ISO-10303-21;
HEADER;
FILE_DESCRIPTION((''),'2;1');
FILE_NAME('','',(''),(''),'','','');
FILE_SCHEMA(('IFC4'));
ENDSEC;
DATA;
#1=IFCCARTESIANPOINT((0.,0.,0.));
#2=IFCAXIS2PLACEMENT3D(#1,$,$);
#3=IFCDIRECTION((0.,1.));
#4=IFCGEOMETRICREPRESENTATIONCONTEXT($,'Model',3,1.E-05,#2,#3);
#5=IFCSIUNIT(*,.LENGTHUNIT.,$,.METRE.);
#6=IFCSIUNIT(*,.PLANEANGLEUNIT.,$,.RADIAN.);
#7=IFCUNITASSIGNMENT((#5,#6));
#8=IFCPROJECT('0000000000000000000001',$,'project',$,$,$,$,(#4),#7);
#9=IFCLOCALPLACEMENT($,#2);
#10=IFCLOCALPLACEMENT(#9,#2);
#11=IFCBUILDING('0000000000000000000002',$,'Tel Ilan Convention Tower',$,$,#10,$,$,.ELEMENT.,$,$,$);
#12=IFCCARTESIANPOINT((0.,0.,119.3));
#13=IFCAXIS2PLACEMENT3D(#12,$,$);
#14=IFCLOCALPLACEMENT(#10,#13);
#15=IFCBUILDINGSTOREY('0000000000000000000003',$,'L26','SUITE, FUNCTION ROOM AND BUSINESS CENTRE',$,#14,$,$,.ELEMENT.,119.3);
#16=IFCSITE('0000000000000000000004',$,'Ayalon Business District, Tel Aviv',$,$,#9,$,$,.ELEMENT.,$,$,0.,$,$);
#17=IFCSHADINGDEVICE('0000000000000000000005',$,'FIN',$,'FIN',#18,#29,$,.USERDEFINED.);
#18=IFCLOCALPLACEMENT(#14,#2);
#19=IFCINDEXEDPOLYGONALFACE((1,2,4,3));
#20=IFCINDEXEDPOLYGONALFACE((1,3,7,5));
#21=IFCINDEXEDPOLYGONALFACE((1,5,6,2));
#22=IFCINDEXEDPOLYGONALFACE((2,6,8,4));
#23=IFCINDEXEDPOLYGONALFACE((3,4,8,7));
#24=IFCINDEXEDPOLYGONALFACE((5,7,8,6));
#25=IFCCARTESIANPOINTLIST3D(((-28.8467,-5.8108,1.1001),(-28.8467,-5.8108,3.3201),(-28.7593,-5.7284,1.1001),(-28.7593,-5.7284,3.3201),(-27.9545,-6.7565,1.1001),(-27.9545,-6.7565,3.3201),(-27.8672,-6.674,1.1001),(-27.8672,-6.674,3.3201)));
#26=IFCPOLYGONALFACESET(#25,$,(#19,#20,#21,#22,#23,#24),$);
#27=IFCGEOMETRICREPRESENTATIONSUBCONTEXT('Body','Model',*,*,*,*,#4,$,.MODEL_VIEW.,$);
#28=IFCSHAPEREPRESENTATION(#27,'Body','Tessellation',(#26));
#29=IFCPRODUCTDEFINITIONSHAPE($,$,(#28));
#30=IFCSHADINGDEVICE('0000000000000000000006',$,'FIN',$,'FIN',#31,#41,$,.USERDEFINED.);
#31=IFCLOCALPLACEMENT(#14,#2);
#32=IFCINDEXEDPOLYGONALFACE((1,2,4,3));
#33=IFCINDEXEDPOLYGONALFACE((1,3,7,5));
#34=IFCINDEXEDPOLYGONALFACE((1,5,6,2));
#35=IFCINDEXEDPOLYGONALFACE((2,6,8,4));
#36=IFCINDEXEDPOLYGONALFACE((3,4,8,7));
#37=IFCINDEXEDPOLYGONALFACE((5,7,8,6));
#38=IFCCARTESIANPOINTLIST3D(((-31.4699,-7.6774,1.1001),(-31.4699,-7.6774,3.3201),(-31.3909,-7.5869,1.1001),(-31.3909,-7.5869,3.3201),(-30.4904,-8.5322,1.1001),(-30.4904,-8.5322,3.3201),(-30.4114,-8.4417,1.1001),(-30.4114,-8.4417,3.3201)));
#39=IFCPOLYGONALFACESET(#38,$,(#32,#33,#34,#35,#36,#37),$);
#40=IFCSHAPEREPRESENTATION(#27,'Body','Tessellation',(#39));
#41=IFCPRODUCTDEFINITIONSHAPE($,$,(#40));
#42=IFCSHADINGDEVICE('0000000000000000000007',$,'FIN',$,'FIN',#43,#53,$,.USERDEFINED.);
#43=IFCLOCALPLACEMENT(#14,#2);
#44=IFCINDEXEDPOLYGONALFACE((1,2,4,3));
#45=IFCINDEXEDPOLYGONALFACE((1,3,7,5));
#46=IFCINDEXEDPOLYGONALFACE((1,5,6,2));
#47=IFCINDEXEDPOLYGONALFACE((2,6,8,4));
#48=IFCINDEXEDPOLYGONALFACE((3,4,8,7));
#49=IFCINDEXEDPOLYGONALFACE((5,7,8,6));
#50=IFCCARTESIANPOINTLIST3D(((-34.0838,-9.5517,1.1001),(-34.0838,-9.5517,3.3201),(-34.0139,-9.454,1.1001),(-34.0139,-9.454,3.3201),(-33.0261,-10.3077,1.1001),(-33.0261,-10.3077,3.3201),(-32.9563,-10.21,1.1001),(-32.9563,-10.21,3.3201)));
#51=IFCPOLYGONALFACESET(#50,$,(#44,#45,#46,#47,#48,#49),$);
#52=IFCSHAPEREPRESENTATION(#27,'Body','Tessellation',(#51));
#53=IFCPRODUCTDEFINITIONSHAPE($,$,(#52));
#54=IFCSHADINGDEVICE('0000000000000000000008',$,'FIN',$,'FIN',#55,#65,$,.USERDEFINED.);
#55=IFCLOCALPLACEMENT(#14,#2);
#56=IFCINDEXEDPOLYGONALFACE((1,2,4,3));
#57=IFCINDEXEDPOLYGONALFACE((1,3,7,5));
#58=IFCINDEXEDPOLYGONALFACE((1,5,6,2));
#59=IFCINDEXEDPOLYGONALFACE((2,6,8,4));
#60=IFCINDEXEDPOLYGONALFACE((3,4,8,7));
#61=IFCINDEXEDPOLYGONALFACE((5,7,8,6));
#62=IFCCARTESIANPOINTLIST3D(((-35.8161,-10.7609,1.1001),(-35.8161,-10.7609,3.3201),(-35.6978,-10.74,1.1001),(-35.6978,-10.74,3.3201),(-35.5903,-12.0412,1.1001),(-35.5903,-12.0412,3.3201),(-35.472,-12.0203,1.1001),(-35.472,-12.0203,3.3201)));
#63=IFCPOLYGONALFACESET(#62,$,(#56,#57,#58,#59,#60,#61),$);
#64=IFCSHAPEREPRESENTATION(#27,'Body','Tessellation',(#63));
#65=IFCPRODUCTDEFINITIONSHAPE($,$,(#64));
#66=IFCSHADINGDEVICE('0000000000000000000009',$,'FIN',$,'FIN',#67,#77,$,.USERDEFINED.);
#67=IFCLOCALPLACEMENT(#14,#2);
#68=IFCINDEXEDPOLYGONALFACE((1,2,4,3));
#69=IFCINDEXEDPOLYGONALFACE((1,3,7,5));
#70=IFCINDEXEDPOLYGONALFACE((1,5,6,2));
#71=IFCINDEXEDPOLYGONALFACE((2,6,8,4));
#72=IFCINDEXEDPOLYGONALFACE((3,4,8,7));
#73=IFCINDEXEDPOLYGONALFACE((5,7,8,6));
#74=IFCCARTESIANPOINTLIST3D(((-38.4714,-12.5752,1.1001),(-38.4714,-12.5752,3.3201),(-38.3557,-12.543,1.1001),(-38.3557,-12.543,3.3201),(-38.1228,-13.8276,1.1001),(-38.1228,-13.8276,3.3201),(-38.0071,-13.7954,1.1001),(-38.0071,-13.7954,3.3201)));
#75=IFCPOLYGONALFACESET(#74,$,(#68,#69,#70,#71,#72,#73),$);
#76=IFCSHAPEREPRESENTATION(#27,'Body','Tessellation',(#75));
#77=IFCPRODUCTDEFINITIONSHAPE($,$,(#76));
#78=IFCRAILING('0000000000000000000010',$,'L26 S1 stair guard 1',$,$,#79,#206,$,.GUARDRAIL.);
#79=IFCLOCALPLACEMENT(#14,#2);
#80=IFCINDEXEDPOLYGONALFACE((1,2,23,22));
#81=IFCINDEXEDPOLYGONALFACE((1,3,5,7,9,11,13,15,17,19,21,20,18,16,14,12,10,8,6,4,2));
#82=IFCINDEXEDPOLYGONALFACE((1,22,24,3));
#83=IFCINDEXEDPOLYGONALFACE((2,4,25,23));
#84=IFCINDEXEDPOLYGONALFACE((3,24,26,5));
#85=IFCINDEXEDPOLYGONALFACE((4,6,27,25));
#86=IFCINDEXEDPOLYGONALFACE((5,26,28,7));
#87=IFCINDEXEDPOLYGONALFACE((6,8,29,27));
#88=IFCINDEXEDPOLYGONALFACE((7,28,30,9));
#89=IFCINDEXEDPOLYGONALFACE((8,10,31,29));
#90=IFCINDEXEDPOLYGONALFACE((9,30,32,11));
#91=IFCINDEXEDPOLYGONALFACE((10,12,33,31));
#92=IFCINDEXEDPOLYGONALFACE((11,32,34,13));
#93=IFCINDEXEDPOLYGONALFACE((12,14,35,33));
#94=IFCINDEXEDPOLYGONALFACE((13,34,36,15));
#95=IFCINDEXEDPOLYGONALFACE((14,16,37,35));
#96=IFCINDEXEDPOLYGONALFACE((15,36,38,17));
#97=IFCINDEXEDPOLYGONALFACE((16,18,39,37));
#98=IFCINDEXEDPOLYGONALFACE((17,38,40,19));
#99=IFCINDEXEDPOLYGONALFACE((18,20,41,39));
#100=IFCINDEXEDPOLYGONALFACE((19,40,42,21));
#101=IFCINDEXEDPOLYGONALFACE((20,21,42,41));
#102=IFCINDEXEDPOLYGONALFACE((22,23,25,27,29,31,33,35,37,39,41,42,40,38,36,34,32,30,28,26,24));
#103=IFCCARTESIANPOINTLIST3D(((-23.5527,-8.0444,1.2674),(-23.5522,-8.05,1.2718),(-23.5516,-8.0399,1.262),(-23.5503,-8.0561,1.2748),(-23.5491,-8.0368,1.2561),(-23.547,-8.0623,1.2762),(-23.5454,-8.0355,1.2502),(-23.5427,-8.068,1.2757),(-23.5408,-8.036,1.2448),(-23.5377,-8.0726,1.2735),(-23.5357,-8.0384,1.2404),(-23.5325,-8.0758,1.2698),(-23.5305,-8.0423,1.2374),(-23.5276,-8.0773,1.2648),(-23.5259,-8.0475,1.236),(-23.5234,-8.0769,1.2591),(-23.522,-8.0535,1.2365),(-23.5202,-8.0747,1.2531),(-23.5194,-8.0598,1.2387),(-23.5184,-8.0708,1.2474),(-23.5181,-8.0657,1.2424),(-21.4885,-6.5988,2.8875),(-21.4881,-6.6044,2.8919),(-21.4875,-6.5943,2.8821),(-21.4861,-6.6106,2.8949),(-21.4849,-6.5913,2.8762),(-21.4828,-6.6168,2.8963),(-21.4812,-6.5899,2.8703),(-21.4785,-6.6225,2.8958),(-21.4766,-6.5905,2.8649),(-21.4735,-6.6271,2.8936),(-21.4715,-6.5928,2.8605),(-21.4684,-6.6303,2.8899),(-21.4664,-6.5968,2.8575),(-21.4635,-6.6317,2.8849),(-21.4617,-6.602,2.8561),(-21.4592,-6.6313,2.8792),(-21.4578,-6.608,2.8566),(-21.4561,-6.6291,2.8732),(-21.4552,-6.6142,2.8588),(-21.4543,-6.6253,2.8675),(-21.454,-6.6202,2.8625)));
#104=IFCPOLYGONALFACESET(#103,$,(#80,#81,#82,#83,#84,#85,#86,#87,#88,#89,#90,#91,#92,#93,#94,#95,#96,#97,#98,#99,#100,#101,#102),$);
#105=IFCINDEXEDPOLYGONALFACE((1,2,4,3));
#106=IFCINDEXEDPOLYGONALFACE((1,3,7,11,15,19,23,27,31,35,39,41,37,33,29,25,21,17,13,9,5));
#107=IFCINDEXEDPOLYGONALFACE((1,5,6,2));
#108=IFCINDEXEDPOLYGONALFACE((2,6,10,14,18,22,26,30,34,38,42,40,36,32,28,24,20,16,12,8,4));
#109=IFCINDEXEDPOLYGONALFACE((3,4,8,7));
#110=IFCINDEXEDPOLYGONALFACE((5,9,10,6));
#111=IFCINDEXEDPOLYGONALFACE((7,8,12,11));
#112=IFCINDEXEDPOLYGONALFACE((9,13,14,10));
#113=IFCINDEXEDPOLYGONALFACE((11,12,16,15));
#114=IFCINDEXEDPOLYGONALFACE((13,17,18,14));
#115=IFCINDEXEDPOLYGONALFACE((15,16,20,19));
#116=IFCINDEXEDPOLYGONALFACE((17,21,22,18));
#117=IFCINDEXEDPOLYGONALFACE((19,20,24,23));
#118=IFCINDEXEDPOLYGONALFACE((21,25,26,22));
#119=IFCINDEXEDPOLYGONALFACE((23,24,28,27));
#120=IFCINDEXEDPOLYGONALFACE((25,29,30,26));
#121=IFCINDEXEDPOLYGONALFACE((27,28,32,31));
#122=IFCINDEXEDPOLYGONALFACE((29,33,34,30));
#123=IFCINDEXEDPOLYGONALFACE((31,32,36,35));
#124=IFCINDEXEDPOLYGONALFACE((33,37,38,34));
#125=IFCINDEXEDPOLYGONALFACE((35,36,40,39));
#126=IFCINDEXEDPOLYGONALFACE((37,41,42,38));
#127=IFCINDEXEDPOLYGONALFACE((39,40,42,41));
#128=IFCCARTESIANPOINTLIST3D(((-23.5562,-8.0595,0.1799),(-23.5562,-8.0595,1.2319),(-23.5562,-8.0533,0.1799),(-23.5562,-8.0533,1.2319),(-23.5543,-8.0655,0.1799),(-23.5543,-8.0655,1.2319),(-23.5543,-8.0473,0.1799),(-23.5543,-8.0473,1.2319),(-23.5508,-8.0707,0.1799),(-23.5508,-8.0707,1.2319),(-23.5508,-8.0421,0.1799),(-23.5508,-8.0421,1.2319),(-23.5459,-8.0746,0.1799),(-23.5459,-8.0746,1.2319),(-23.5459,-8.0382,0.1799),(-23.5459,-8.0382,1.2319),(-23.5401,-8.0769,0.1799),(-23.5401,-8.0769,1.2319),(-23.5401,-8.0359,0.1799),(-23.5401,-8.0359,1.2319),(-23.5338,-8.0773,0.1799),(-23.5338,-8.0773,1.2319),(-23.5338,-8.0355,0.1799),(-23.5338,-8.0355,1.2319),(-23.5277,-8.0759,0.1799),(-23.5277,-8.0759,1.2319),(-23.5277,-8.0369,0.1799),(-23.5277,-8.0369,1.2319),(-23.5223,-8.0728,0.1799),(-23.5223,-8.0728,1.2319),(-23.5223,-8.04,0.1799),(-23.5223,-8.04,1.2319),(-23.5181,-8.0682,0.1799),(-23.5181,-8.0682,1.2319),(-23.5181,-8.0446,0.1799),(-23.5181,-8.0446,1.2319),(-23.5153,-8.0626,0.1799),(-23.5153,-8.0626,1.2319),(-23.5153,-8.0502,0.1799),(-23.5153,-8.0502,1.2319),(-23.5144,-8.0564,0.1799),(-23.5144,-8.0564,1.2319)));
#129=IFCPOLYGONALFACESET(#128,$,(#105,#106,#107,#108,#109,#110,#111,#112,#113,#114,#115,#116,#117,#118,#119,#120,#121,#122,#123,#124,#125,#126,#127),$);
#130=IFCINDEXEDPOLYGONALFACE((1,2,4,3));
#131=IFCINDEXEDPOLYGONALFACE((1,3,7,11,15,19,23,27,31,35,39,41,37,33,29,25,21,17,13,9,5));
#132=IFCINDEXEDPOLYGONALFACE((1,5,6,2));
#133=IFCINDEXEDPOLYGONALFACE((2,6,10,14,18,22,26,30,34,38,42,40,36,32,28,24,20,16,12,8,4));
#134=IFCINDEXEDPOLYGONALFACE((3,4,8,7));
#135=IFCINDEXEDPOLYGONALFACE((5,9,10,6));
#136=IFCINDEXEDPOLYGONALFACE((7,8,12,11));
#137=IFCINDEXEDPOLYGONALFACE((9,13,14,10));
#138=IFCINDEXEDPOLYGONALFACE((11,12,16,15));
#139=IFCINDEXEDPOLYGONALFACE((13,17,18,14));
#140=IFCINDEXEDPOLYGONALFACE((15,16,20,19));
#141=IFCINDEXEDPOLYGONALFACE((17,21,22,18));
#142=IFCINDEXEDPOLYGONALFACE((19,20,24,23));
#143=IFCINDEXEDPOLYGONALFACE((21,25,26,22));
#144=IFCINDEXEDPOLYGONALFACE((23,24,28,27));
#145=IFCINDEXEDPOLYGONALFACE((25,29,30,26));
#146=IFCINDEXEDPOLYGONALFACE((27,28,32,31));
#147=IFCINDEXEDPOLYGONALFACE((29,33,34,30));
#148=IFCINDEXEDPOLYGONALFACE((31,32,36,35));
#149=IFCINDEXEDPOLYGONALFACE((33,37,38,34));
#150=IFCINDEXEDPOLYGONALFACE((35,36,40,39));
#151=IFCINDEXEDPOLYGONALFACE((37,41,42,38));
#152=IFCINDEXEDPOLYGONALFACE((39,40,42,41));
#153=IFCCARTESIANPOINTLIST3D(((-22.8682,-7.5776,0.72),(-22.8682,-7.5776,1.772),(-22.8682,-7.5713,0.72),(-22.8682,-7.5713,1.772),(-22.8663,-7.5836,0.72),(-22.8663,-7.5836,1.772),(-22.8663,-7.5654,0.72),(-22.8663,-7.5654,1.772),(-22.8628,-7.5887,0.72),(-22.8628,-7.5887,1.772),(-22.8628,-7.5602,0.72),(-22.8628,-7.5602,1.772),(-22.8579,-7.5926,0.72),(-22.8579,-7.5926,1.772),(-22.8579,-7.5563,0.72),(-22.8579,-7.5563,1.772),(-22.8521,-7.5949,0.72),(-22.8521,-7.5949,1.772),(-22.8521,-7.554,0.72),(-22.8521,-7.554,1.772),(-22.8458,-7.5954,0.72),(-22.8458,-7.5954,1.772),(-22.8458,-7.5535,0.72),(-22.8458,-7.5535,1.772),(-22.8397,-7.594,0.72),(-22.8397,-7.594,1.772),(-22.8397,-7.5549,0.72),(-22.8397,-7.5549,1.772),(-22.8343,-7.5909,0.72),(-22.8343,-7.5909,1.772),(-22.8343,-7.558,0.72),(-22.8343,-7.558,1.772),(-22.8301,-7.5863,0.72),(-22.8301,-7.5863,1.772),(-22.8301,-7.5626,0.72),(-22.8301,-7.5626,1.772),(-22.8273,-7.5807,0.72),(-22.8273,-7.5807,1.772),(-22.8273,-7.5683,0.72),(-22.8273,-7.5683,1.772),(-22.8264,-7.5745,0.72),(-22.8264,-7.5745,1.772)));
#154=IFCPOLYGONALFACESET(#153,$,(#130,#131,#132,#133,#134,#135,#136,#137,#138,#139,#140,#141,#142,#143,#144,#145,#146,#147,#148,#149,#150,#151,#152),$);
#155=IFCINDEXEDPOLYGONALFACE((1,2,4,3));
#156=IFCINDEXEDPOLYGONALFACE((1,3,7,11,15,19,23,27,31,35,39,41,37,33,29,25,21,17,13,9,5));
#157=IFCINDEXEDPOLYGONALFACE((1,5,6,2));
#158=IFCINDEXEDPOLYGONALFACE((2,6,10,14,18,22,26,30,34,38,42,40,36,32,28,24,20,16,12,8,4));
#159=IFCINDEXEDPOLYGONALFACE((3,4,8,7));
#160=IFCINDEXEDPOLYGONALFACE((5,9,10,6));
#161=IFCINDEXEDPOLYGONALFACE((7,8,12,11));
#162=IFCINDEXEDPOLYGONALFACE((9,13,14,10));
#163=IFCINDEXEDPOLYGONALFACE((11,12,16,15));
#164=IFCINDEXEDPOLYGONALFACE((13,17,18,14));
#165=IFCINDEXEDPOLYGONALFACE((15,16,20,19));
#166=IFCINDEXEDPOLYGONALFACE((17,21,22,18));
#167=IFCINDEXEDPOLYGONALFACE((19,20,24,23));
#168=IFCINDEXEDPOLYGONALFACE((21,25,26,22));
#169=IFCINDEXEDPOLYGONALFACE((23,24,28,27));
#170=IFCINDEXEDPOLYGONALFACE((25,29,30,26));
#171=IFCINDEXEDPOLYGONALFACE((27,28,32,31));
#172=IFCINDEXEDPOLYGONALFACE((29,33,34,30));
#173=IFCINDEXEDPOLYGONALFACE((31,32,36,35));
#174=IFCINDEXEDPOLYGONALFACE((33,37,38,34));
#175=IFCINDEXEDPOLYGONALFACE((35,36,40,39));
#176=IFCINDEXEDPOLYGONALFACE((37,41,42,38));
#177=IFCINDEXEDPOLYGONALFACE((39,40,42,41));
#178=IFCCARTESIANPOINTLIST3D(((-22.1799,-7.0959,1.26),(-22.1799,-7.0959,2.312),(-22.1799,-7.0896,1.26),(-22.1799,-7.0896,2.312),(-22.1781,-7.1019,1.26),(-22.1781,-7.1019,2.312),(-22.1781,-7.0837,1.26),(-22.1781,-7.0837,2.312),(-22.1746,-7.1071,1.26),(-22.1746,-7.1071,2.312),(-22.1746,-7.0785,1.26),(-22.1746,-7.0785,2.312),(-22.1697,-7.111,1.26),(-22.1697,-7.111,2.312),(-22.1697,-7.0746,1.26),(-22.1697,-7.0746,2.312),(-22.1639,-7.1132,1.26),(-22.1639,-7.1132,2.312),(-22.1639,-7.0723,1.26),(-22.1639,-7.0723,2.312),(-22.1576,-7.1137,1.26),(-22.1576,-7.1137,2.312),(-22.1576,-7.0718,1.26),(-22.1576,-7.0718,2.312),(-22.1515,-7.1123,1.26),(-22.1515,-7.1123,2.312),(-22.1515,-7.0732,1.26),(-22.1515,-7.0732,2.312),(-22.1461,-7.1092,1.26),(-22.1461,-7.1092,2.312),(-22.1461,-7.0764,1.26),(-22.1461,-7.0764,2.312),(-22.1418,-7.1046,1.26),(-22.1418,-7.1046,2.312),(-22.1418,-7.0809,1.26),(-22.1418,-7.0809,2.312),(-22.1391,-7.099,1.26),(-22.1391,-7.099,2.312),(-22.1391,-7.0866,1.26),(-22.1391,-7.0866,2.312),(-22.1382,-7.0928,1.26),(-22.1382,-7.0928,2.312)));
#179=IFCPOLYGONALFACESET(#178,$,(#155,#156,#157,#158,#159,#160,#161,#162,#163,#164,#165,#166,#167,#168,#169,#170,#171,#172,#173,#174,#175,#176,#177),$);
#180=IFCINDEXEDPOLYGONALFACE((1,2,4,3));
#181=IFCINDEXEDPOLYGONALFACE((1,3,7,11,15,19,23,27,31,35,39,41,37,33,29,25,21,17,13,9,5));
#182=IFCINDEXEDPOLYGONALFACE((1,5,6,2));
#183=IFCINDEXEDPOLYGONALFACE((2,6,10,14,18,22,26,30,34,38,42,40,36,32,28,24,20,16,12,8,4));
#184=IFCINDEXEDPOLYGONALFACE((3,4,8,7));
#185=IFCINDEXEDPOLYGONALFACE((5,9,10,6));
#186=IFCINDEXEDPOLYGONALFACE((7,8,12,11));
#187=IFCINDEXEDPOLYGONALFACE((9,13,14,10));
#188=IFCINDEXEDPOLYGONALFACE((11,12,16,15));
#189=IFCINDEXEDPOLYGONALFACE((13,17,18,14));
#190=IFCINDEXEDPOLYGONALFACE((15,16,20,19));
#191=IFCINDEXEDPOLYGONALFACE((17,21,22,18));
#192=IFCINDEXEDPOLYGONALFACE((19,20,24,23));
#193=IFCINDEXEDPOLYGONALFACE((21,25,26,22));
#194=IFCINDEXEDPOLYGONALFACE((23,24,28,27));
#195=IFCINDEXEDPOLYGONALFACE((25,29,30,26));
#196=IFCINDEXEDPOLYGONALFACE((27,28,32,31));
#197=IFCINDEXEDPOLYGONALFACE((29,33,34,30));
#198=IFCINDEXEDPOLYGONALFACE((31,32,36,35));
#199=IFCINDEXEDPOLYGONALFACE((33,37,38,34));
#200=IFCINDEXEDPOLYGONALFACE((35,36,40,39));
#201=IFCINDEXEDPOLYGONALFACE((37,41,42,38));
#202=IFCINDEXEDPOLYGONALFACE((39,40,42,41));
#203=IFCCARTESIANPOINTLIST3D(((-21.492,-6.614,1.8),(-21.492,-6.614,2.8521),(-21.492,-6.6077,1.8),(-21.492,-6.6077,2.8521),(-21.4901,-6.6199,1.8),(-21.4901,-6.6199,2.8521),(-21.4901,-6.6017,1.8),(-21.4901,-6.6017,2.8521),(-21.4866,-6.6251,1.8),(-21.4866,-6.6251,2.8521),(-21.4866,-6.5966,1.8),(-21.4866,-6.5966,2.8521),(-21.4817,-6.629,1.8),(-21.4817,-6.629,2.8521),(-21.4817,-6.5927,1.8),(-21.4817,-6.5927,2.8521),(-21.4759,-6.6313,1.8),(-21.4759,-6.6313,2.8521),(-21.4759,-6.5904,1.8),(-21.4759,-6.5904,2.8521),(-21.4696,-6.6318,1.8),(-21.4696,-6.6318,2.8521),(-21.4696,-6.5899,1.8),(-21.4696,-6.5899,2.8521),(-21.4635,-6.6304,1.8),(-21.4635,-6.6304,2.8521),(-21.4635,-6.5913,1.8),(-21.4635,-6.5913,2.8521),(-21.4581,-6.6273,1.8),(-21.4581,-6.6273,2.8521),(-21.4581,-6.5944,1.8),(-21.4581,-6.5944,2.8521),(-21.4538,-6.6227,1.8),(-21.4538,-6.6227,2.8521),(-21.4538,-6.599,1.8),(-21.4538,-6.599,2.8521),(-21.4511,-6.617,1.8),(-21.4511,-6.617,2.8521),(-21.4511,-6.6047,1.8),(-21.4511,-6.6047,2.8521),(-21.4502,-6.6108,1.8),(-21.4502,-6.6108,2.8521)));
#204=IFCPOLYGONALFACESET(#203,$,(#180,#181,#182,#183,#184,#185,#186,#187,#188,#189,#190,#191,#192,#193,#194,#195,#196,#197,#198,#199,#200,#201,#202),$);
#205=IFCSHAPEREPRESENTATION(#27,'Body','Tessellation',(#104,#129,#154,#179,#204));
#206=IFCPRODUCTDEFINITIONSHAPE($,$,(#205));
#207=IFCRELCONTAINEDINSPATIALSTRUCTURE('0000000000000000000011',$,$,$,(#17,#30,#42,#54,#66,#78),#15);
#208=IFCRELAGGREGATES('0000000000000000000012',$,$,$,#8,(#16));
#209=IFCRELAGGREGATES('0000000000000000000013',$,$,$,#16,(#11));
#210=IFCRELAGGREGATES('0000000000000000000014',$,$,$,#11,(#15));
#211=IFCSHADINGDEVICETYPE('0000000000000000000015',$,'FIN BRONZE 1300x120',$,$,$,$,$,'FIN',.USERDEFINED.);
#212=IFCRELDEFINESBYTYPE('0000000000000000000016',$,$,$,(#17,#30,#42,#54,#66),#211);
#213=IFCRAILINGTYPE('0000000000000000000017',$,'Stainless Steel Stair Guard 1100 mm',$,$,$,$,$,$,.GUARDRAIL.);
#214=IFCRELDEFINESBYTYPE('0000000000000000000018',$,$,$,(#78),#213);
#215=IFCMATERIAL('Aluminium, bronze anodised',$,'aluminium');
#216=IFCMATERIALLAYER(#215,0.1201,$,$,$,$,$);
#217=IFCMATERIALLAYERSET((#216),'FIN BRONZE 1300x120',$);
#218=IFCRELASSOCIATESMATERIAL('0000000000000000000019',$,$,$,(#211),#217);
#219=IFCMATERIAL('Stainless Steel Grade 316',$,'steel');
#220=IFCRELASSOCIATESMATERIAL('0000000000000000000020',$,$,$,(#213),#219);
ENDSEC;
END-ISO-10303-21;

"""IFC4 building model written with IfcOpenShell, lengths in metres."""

from ifc_helpers import new_model, si_unit, direction, frame, origin, origin_2d, place, context, subcontext, project, spatial, rectangle, circle, extrude, material, layer, layer_set, type_object, element, save


model = new_model("IFC4")

# Units and contexts
model_context = context("Model", 3, precision=1e-05, world=origin(), true_north=direction((0.0, 1.0)))
body_context = subcontext(model_context, "Body", "Model", "MODEL_VIEW")
ifc_project = project(units=[si_unit("LENGTHUNIT", "METRE"), si_unit("PLANEANGLEUNIT", "RADIAN")], contexts=[model_context])

# Site, building, storey
site_placement = place(None, origin())
site = spatial("IfcSite", under=ifc_project, at=site_placement, Name="Ayalon Business District, Tel Aviv", CompositionType="ELEMENT", RefElevation=0.0)
building_placement = place(site_placement, origin())
building = spatial("IfcBuilding", under=site, at=building_placement, Name="Tel Ilan Convention Tower", CompositionType="ELEMENT")
storey_placement = place(building_placement, frame((0.0, 0.0, 119.3)))
storey = spatial("IfcBuildingStorey", under=building, at=storey_placement, Name="L26", Description="SUITE, FUNCTION ROOM AND BUSINESS CENTRE", CompositionType="ELEMENT", Elevation=119.3)

# Shading devices
ifc_material_1 = material(Name="Aluminium, bronze anodised", Category="aluminium")
ifc_layer_1 = layer(ifc_material_1, 0.1201)
ifc_layer_set_1 = layer_set([ifc_layer_1], Name="FIN BRONZE 1300x120")
shading_device_type = type_object("IfcShadingDeviceType", Name="FIN BRONZE 1300x120", ElementType="FIN", PredefinedType="USERDEFINED", material=ifc_layer_set_1)
for number, where, z_axis, x_axis, name in (
    (1, (-28.3569, -6.2424, 1.1001), (0.0, 0.0, 1.0), (-0.686242, 0.727374, 0.0), "FIN"),
    (2, (-30.9407, -8.0596, 1.1001), (0.0, 0.0, 1.0), (-0.753436, 0.657521, 0.0), "FIN"),
    (3, (-33.52, -9.8809, 1.1001), (0.0, 0.0, 1.0), (-0.813552, 0.581492, 0.0), "FIN"),
    (4, (-35.644, -11.3906, 1.1001), (0.0, 0.0, 1.0), (-0.173648, 0.984808, 0.0), "FIN"),
    (5, (-38.2393, -13.1853, 1.1001), (0.0, 0.0, 1.0), (-0.268173, 0.963371, 0.0), "FIN"),
):
    element("IfcShadingDevice", number, at=place(storey_placement, frame(where, z_axis=z_axis, x_axis=x_axis)), inside=storey, type_object=shading_device_type, Name=name, ObjectType="FIN", PredefinedType="USERDEFINED", context=body_context, shape_type="SweptSolid", body=[
        extrude(rectangle(XDim=1.3, YDim=0.1201, at=origin_2d()), origin(), (0.0, 0.0, 1.0), 2.22),
    ])

# Railing
ifc_material_2 = material(Name="Stainless Steel Grade 316", Category="steel")
railing_type = type_object("IfcRailingType", Name="Stainless Steel Stair Guard 1100 mm", PredefinedType="GUARDRAIL", material=ifc_material_2)
railing_1_placement = place(storey_placement, frame((-23.5354, -8.0564, 0.1799)))
element("IfcRailing", 6, at=railing_1_placement, inside=storey, type_object=railing_type, Name="L26 S1 stair guard 1", PredefinedType="GUARDRAIL", context=body_context, shape_type="SweptSolid", body=[
    extrude(circle(Radius=0.0239, at=origin_2d()), frame((0.0, 0.0, 1.0762), z_axis=(0.689013, 0.482513, 0.540779), x_axis=(-0.573625, 0.819118, 0.0)), (0.0, 0.0, 1.0), 2.9958),
    extrude(circle(Radius=0.021, at=origin_2d()), origin(), (0.0, 0.0, 1.0), 1.052),
    extrude(circle(Radius=0.021, at=origin_2d()), frame((0.688, 0.4819, 0.54)), (0.0, 0.0, 1.0), 1.052),
    extrude(circle(Radius=0.021, at=origin_2d()), frame((1.3762, 0.9636, 1.0801)), (0.0, 0.0, 1.0), 1.052),
    extrude(circle(Radius=0.021, at=origin_2d()), frame((2.0642, 1.4456, 1.6201)), (0.0, 0.0, 1.0), 1.052),
])

save(model, "model.ifc")
